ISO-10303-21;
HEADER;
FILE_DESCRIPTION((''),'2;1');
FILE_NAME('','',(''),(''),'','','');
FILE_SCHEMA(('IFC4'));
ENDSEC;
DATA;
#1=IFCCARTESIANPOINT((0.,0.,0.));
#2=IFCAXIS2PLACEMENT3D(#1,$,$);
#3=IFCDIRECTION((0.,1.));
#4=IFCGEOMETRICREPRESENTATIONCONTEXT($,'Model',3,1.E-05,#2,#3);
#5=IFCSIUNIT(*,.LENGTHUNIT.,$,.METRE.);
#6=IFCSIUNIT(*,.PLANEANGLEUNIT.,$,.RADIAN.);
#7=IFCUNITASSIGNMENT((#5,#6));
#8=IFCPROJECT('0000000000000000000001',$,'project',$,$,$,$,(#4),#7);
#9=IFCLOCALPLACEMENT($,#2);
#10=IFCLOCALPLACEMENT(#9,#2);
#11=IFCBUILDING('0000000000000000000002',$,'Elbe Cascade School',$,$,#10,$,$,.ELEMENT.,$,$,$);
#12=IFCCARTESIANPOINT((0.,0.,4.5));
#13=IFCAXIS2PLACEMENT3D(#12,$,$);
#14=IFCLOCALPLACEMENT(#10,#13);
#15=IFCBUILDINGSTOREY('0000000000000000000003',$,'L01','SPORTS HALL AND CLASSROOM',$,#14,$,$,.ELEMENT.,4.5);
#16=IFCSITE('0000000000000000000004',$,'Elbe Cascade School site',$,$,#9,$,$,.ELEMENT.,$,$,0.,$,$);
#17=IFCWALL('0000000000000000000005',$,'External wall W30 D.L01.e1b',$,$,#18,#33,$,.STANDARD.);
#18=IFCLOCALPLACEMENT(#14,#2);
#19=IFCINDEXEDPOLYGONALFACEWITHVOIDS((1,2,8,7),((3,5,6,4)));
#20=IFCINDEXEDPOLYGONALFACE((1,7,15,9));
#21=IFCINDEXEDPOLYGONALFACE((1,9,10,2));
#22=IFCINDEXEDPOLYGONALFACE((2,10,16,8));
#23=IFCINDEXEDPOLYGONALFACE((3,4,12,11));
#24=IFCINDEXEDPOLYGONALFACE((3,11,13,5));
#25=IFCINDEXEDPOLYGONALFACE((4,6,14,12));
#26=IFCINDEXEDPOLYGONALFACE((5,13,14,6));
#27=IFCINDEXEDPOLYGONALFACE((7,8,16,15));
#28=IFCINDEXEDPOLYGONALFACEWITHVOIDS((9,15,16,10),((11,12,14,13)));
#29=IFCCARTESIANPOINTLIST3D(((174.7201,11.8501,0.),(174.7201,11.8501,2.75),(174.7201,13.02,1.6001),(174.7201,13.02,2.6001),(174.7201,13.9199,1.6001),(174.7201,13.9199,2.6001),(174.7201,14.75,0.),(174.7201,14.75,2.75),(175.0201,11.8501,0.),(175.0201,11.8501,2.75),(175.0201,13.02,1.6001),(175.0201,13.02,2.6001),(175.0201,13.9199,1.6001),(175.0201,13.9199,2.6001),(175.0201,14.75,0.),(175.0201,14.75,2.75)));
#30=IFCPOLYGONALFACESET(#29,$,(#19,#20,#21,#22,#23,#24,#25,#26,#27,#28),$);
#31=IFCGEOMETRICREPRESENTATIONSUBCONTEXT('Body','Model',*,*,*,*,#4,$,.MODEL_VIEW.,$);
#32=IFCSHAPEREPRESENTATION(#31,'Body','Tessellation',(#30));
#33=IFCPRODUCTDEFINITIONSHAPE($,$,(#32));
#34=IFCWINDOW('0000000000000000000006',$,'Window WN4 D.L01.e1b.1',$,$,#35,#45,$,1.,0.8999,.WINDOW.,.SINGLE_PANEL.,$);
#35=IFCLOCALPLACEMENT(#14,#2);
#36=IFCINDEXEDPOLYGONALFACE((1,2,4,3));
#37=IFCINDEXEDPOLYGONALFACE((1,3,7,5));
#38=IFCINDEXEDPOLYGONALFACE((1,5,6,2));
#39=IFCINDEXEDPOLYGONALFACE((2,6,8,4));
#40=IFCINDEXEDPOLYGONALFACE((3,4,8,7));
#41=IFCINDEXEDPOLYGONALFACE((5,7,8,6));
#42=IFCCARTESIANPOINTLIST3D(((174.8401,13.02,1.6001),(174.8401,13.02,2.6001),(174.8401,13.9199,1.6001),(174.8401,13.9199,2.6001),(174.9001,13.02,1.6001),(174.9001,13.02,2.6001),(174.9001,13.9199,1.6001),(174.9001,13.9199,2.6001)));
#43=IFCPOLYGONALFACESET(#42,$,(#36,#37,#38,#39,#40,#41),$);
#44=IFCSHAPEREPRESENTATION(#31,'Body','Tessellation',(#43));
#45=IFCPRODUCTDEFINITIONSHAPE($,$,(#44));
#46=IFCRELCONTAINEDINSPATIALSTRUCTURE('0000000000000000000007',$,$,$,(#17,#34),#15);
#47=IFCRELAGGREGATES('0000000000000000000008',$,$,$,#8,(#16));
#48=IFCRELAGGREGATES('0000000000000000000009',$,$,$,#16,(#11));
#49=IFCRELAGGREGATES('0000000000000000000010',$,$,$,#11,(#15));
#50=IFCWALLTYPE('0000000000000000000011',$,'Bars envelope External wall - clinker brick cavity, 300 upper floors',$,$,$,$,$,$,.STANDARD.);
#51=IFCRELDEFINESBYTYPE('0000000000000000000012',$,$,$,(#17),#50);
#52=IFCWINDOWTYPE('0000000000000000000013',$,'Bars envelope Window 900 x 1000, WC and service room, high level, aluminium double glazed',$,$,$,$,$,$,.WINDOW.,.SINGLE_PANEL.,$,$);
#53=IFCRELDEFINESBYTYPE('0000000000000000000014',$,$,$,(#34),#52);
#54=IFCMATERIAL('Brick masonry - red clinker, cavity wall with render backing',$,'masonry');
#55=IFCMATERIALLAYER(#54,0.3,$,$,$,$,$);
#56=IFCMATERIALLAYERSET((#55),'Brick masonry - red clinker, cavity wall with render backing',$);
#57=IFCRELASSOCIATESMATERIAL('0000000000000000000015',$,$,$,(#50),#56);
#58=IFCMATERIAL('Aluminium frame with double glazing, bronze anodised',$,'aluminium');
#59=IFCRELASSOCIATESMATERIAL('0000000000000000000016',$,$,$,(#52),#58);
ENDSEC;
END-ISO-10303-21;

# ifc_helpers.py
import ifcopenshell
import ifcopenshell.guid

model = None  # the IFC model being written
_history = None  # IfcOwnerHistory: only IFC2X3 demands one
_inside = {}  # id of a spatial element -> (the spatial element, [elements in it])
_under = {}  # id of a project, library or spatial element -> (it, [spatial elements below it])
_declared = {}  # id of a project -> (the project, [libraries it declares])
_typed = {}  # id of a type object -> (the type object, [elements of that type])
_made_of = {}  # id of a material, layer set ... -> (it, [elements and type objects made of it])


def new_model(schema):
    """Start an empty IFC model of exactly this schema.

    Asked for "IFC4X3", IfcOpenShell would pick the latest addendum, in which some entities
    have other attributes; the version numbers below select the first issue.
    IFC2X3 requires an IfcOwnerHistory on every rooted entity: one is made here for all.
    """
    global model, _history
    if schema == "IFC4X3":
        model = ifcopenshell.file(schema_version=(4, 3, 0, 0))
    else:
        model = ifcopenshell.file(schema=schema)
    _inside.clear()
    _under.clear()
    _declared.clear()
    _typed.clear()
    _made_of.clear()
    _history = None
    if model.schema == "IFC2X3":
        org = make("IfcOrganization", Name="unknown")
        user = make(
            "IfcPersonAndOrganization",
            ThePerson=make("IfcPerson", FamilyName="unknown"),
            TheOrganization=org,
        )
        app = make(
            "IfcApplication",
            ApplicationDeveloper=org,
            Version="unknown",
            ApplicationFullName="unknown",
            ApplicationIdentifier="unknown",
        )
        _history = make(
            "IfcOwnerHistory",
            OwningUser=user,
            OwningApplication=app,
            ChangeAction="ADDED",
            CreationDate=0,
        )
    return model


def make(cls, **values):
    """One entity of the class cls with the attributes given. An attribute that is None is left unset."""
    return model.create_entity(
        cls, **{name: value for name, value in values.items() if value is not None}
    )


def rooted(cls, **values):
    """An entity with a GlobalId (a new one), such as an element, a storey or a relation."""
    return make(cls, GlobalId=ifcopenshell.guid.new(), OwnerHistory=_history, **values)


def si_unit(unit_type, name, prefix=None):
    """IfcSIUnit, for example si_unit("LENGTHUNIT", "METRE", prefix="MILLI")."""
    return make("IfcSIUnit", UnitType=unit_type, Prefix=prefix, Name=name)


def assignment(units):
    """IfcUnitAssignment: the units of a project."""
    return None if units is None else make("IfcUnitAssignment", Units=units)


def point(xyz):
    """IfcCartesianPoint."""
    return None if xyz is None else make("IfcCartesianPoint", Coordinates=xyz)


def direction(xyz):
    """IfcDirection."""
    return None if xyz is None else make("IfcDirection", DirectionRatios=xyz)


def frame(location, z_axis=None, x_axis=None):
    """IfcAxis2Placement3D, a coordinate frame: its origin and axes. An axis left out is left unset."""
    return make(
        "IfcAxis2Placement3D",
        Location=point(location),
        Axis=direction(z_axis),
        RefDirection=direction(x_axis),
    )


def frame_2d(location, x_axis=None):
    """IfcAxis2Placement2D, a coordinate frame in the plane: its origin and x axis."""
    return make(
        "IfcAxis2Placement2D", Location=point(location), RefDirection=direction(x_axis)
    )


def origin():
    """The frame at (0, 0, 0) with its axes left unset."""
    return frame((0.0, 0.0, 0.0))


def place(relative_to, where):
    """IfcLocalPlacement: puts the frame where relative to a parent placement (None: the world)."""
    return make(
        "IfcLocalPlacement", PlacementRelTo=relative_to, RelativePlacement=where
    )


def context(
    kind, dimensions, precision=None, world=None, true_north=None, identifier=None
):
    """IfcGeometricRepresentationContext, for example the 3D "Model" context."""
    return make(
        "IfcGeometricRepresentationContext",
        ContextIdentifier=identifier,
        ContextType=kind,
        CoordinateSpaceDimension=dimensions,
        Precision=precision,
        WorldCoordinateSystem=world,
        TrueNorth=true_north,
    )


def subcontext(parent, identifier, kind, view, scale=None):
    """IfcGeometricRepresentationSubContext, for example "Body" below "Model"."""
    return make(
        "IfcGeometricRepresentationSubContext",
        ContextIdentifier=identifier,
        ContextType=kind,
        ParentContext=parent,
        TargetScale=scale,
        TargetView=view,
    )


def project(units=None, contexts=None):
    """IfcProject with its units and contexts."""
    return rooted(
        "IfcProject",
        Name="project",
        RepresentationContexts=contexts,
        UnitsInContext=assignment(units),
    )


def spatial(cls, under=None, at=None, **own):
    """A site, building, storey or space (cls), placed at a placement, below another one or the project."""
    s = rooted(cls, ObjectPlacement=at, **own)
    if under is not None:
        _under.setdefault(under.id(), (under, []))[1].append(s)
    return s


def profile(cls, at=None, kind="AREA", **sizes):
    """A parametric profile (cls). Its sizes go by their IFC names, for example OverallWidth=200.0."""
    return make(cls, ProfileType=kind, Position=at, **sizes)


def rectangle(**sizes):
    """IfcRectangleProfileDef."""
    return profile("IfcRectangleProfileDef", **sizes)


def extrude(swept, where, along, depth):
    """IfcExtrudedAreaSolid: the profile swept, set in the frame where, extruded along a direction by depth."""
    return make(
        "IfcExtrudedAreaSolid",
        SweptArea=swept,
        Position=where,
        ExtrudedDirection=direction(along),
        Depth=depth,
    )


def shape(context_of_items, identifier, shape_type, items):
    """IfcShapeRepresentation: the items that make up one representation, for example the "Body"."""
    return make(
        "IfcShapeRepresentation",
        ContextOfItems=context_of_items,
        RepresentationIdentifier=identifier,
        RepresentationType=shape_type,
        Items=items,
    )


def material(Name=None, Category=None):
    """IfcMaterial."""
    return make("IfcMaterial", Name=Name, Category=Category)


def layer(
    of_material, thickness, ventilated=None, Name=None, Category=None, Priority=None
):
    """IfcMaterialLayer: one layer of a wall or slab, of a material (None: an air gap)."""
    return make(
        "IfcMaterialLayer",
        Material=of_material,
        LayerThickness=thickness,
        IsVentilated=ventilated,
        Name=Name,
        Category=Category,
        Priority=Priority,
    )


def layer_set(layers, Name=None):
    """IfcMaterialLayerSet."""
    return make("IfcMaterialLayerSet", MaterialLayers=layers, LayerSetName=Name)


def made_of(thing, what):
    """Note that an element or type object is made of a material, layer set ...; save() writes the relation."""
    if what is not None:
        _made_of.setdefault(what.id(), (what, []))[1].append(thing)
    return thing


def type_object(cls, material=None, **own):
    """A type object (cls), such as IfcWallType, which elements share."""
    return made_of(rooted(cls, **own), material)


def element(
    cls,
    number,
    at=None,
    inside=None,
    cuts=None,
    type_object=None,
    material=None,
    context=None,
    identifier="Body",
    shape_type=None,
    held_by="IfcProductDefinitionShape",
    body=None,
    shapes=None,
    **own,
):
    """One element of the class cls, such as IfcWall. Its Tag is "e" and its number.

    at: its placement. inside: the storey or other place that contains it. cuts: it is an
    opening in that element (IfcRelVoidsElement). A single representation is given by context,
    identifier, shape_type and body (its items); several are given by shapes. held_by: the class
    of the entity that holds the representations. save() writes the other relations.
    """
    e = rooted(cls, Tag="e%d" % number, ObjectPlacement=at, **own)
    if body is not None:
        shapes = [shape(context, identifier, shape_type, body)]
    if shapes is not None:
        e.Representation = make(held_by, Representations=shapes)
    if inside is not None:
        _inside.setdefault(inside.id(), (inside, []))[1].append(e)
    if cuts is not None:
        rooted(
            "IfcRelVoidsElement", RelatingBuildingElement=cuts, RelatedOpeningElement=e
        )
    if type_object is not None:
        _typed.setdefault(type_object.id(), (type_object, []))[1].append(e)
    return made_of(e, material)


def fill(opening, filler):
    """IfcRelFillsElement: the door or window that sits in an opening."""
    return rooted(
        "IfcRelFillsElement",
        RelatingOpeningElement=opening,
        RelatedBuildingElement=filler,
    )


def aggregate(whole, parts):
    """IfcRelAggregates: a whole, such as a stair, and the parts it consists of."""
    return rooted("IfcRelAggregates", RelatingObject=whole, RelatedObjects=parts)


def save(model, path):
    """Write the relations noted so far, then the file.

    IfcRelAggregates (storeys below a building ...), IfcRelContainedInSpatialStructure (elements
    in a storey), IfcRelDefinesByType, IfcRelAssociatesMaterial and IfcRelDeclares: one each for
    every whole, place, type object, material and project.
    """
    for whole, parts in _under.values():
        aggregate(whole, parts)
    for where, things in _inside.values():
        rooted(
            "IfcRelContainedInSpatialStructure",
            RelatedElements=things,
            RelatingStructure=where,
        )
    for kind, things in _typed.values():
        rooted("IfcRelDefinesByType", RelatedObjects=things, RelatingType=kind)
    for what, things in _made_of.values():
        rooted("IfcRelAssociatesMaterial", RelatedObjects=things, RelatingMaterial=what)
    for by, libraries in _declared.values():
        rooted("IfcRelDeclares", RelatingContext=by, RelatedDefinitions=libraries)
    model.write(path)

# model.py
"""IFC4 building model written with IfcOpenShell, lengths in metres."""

from ifc_helpers import new_model, si_unit, direction, frame, frame_2d, origin, place, context, subcontext, project, spatial, rectangle, extrude, material, layer, layer_set, type_object, element, fill, save


model = new_model("IFC4")

# Units and contexts
model_context = context("Model", 3, precision=1e-05, world=origin(), true_north=direction((0.0, 1.0)))
body_context = subcontext(model_context, "Body", "Model", "MODEL_VIEW")
ifc_project = project(units=[si_unit("LENGTHUNIT", "METRE"), si_unit("PLANEANGLEUNIT", "RADIAN")], contexts=[model_context])

# Site, building, storey
site_placement = place(None, origin())
site = spatial("IfcSite", under=ifc_project, at=site_placement, Name="Elbe Cascade School site", CompositionType="ELEMENT", RefElevation=0.0)
building_placement = place(site_placement, origin())
building = spatial("IfcBuilding", under=site, at=building_placement, Name="Elbe Cascade School", CompositionType="ELEMENT")
storey_placement = place(building_placement, frame((0.0, 0.0, 4.5)))
storey = spatial("IfcBuildingStorey", under=building, at=storey_placement, Name="L01", Description="SPORTS HALL AND CLASSROOM", CompositionType="ELEMENT", Elevation=4.5)

# Wall, opening, window
ifc_material_1 = material(Name="Brick masonry - red clinker, cavity wall with render backing", Category="masonry")
ifc_layer_1 = layer(ifc_material_1, 0.3)
ifc_layer_set_1 = layer_set([ifc_layer_1], Name="Brick masonry - red clinker, cavity wall with render backing")
wall_type_1 = type_object("IfcWallType", Name="Bars envelope External wall - clinker brick cavity, 300 upper floors", PredefinedType="STANDARD", material=ifc_layer_set_1)
wall_1_placement = place(storey_placement, frame((174.8701, 14.75, 0.0), z_axis=(0.0, 0.0, 1.0), x_axis=(0.0, -1.0, 0.0)))
wall_1 = element("IfcWall", 1, at=wall_1_placement, inside=storey, type_object=wall_type_1, Name="External wall W30 D.L01.e1b", PredefinedType="STANDARD", context=body_context, shape_type="SweptSolid", body=[
    extrude(rectangle(XDim=2.8999, YDim=0.3, at=frame_2d((1.45, 0.0))), origin(), (0.0, 0.0, 1.0), 2.75),
])
opening_1_placement = place(wall_1_placement, frame((0.8301, 0.0, 1.6001)))
opening_1 = element("IfcOpeningElement", 2, at=opening_1_placement, cuts=wall_1, PredefinedType="OPENING", context=body_context, shape_type="SweptSolid", body=[
    extrude(rectangle(XDim=0.8999, YDim=1.0, at=frame_2d((0.45, 0.5))), frame((0.0, 0.1599, 0.0), z_axis=(0.0, -1.0, 0.0), x_axis=(1.0, 0.0, 0.0)), (0.0, 0.0, 1.0), 0.3201),
])
ifc_material_2 = material(Name="Aluminium frame with double glazing, bronze anodised", Category="aluminium")
window_type = type_object("IfcWindowType", Name="Bars envelope Window 900 x 1000, WC and service room, high level, aluminium double glazed", PartitioningType="SINGLE_PANEL", PredefinedType="WINDOW", material=ifc_material_2)
window_placement = place(opening_1_placement, origin())
window = element("IfcWindow", 3, at=window_placement, inside=storey, type_object=window_type, Name="Window WN4 D.L01.e1b.1", OverallHeight=1.0, OverallWidth=0.8999, PartitioningType="SINGLE_PANEL", PredefinedType="WINDOW", context=body_context, shape_type="SweptSolid", body=[
    extrude(rectangle(XDim=0.8999, YDim=1.0, at=frame_2d((0.45, 0.5))), frame((0.0, 0.03, 0.0), z_axis=(0.0, -1.0, 0.0), x_axis=(1.0, 0.0, 0.0)), (0.0, 0.0, 1.0), 0.0601),
])
fill(opening_1, window)

save(model, "model.ifc")
